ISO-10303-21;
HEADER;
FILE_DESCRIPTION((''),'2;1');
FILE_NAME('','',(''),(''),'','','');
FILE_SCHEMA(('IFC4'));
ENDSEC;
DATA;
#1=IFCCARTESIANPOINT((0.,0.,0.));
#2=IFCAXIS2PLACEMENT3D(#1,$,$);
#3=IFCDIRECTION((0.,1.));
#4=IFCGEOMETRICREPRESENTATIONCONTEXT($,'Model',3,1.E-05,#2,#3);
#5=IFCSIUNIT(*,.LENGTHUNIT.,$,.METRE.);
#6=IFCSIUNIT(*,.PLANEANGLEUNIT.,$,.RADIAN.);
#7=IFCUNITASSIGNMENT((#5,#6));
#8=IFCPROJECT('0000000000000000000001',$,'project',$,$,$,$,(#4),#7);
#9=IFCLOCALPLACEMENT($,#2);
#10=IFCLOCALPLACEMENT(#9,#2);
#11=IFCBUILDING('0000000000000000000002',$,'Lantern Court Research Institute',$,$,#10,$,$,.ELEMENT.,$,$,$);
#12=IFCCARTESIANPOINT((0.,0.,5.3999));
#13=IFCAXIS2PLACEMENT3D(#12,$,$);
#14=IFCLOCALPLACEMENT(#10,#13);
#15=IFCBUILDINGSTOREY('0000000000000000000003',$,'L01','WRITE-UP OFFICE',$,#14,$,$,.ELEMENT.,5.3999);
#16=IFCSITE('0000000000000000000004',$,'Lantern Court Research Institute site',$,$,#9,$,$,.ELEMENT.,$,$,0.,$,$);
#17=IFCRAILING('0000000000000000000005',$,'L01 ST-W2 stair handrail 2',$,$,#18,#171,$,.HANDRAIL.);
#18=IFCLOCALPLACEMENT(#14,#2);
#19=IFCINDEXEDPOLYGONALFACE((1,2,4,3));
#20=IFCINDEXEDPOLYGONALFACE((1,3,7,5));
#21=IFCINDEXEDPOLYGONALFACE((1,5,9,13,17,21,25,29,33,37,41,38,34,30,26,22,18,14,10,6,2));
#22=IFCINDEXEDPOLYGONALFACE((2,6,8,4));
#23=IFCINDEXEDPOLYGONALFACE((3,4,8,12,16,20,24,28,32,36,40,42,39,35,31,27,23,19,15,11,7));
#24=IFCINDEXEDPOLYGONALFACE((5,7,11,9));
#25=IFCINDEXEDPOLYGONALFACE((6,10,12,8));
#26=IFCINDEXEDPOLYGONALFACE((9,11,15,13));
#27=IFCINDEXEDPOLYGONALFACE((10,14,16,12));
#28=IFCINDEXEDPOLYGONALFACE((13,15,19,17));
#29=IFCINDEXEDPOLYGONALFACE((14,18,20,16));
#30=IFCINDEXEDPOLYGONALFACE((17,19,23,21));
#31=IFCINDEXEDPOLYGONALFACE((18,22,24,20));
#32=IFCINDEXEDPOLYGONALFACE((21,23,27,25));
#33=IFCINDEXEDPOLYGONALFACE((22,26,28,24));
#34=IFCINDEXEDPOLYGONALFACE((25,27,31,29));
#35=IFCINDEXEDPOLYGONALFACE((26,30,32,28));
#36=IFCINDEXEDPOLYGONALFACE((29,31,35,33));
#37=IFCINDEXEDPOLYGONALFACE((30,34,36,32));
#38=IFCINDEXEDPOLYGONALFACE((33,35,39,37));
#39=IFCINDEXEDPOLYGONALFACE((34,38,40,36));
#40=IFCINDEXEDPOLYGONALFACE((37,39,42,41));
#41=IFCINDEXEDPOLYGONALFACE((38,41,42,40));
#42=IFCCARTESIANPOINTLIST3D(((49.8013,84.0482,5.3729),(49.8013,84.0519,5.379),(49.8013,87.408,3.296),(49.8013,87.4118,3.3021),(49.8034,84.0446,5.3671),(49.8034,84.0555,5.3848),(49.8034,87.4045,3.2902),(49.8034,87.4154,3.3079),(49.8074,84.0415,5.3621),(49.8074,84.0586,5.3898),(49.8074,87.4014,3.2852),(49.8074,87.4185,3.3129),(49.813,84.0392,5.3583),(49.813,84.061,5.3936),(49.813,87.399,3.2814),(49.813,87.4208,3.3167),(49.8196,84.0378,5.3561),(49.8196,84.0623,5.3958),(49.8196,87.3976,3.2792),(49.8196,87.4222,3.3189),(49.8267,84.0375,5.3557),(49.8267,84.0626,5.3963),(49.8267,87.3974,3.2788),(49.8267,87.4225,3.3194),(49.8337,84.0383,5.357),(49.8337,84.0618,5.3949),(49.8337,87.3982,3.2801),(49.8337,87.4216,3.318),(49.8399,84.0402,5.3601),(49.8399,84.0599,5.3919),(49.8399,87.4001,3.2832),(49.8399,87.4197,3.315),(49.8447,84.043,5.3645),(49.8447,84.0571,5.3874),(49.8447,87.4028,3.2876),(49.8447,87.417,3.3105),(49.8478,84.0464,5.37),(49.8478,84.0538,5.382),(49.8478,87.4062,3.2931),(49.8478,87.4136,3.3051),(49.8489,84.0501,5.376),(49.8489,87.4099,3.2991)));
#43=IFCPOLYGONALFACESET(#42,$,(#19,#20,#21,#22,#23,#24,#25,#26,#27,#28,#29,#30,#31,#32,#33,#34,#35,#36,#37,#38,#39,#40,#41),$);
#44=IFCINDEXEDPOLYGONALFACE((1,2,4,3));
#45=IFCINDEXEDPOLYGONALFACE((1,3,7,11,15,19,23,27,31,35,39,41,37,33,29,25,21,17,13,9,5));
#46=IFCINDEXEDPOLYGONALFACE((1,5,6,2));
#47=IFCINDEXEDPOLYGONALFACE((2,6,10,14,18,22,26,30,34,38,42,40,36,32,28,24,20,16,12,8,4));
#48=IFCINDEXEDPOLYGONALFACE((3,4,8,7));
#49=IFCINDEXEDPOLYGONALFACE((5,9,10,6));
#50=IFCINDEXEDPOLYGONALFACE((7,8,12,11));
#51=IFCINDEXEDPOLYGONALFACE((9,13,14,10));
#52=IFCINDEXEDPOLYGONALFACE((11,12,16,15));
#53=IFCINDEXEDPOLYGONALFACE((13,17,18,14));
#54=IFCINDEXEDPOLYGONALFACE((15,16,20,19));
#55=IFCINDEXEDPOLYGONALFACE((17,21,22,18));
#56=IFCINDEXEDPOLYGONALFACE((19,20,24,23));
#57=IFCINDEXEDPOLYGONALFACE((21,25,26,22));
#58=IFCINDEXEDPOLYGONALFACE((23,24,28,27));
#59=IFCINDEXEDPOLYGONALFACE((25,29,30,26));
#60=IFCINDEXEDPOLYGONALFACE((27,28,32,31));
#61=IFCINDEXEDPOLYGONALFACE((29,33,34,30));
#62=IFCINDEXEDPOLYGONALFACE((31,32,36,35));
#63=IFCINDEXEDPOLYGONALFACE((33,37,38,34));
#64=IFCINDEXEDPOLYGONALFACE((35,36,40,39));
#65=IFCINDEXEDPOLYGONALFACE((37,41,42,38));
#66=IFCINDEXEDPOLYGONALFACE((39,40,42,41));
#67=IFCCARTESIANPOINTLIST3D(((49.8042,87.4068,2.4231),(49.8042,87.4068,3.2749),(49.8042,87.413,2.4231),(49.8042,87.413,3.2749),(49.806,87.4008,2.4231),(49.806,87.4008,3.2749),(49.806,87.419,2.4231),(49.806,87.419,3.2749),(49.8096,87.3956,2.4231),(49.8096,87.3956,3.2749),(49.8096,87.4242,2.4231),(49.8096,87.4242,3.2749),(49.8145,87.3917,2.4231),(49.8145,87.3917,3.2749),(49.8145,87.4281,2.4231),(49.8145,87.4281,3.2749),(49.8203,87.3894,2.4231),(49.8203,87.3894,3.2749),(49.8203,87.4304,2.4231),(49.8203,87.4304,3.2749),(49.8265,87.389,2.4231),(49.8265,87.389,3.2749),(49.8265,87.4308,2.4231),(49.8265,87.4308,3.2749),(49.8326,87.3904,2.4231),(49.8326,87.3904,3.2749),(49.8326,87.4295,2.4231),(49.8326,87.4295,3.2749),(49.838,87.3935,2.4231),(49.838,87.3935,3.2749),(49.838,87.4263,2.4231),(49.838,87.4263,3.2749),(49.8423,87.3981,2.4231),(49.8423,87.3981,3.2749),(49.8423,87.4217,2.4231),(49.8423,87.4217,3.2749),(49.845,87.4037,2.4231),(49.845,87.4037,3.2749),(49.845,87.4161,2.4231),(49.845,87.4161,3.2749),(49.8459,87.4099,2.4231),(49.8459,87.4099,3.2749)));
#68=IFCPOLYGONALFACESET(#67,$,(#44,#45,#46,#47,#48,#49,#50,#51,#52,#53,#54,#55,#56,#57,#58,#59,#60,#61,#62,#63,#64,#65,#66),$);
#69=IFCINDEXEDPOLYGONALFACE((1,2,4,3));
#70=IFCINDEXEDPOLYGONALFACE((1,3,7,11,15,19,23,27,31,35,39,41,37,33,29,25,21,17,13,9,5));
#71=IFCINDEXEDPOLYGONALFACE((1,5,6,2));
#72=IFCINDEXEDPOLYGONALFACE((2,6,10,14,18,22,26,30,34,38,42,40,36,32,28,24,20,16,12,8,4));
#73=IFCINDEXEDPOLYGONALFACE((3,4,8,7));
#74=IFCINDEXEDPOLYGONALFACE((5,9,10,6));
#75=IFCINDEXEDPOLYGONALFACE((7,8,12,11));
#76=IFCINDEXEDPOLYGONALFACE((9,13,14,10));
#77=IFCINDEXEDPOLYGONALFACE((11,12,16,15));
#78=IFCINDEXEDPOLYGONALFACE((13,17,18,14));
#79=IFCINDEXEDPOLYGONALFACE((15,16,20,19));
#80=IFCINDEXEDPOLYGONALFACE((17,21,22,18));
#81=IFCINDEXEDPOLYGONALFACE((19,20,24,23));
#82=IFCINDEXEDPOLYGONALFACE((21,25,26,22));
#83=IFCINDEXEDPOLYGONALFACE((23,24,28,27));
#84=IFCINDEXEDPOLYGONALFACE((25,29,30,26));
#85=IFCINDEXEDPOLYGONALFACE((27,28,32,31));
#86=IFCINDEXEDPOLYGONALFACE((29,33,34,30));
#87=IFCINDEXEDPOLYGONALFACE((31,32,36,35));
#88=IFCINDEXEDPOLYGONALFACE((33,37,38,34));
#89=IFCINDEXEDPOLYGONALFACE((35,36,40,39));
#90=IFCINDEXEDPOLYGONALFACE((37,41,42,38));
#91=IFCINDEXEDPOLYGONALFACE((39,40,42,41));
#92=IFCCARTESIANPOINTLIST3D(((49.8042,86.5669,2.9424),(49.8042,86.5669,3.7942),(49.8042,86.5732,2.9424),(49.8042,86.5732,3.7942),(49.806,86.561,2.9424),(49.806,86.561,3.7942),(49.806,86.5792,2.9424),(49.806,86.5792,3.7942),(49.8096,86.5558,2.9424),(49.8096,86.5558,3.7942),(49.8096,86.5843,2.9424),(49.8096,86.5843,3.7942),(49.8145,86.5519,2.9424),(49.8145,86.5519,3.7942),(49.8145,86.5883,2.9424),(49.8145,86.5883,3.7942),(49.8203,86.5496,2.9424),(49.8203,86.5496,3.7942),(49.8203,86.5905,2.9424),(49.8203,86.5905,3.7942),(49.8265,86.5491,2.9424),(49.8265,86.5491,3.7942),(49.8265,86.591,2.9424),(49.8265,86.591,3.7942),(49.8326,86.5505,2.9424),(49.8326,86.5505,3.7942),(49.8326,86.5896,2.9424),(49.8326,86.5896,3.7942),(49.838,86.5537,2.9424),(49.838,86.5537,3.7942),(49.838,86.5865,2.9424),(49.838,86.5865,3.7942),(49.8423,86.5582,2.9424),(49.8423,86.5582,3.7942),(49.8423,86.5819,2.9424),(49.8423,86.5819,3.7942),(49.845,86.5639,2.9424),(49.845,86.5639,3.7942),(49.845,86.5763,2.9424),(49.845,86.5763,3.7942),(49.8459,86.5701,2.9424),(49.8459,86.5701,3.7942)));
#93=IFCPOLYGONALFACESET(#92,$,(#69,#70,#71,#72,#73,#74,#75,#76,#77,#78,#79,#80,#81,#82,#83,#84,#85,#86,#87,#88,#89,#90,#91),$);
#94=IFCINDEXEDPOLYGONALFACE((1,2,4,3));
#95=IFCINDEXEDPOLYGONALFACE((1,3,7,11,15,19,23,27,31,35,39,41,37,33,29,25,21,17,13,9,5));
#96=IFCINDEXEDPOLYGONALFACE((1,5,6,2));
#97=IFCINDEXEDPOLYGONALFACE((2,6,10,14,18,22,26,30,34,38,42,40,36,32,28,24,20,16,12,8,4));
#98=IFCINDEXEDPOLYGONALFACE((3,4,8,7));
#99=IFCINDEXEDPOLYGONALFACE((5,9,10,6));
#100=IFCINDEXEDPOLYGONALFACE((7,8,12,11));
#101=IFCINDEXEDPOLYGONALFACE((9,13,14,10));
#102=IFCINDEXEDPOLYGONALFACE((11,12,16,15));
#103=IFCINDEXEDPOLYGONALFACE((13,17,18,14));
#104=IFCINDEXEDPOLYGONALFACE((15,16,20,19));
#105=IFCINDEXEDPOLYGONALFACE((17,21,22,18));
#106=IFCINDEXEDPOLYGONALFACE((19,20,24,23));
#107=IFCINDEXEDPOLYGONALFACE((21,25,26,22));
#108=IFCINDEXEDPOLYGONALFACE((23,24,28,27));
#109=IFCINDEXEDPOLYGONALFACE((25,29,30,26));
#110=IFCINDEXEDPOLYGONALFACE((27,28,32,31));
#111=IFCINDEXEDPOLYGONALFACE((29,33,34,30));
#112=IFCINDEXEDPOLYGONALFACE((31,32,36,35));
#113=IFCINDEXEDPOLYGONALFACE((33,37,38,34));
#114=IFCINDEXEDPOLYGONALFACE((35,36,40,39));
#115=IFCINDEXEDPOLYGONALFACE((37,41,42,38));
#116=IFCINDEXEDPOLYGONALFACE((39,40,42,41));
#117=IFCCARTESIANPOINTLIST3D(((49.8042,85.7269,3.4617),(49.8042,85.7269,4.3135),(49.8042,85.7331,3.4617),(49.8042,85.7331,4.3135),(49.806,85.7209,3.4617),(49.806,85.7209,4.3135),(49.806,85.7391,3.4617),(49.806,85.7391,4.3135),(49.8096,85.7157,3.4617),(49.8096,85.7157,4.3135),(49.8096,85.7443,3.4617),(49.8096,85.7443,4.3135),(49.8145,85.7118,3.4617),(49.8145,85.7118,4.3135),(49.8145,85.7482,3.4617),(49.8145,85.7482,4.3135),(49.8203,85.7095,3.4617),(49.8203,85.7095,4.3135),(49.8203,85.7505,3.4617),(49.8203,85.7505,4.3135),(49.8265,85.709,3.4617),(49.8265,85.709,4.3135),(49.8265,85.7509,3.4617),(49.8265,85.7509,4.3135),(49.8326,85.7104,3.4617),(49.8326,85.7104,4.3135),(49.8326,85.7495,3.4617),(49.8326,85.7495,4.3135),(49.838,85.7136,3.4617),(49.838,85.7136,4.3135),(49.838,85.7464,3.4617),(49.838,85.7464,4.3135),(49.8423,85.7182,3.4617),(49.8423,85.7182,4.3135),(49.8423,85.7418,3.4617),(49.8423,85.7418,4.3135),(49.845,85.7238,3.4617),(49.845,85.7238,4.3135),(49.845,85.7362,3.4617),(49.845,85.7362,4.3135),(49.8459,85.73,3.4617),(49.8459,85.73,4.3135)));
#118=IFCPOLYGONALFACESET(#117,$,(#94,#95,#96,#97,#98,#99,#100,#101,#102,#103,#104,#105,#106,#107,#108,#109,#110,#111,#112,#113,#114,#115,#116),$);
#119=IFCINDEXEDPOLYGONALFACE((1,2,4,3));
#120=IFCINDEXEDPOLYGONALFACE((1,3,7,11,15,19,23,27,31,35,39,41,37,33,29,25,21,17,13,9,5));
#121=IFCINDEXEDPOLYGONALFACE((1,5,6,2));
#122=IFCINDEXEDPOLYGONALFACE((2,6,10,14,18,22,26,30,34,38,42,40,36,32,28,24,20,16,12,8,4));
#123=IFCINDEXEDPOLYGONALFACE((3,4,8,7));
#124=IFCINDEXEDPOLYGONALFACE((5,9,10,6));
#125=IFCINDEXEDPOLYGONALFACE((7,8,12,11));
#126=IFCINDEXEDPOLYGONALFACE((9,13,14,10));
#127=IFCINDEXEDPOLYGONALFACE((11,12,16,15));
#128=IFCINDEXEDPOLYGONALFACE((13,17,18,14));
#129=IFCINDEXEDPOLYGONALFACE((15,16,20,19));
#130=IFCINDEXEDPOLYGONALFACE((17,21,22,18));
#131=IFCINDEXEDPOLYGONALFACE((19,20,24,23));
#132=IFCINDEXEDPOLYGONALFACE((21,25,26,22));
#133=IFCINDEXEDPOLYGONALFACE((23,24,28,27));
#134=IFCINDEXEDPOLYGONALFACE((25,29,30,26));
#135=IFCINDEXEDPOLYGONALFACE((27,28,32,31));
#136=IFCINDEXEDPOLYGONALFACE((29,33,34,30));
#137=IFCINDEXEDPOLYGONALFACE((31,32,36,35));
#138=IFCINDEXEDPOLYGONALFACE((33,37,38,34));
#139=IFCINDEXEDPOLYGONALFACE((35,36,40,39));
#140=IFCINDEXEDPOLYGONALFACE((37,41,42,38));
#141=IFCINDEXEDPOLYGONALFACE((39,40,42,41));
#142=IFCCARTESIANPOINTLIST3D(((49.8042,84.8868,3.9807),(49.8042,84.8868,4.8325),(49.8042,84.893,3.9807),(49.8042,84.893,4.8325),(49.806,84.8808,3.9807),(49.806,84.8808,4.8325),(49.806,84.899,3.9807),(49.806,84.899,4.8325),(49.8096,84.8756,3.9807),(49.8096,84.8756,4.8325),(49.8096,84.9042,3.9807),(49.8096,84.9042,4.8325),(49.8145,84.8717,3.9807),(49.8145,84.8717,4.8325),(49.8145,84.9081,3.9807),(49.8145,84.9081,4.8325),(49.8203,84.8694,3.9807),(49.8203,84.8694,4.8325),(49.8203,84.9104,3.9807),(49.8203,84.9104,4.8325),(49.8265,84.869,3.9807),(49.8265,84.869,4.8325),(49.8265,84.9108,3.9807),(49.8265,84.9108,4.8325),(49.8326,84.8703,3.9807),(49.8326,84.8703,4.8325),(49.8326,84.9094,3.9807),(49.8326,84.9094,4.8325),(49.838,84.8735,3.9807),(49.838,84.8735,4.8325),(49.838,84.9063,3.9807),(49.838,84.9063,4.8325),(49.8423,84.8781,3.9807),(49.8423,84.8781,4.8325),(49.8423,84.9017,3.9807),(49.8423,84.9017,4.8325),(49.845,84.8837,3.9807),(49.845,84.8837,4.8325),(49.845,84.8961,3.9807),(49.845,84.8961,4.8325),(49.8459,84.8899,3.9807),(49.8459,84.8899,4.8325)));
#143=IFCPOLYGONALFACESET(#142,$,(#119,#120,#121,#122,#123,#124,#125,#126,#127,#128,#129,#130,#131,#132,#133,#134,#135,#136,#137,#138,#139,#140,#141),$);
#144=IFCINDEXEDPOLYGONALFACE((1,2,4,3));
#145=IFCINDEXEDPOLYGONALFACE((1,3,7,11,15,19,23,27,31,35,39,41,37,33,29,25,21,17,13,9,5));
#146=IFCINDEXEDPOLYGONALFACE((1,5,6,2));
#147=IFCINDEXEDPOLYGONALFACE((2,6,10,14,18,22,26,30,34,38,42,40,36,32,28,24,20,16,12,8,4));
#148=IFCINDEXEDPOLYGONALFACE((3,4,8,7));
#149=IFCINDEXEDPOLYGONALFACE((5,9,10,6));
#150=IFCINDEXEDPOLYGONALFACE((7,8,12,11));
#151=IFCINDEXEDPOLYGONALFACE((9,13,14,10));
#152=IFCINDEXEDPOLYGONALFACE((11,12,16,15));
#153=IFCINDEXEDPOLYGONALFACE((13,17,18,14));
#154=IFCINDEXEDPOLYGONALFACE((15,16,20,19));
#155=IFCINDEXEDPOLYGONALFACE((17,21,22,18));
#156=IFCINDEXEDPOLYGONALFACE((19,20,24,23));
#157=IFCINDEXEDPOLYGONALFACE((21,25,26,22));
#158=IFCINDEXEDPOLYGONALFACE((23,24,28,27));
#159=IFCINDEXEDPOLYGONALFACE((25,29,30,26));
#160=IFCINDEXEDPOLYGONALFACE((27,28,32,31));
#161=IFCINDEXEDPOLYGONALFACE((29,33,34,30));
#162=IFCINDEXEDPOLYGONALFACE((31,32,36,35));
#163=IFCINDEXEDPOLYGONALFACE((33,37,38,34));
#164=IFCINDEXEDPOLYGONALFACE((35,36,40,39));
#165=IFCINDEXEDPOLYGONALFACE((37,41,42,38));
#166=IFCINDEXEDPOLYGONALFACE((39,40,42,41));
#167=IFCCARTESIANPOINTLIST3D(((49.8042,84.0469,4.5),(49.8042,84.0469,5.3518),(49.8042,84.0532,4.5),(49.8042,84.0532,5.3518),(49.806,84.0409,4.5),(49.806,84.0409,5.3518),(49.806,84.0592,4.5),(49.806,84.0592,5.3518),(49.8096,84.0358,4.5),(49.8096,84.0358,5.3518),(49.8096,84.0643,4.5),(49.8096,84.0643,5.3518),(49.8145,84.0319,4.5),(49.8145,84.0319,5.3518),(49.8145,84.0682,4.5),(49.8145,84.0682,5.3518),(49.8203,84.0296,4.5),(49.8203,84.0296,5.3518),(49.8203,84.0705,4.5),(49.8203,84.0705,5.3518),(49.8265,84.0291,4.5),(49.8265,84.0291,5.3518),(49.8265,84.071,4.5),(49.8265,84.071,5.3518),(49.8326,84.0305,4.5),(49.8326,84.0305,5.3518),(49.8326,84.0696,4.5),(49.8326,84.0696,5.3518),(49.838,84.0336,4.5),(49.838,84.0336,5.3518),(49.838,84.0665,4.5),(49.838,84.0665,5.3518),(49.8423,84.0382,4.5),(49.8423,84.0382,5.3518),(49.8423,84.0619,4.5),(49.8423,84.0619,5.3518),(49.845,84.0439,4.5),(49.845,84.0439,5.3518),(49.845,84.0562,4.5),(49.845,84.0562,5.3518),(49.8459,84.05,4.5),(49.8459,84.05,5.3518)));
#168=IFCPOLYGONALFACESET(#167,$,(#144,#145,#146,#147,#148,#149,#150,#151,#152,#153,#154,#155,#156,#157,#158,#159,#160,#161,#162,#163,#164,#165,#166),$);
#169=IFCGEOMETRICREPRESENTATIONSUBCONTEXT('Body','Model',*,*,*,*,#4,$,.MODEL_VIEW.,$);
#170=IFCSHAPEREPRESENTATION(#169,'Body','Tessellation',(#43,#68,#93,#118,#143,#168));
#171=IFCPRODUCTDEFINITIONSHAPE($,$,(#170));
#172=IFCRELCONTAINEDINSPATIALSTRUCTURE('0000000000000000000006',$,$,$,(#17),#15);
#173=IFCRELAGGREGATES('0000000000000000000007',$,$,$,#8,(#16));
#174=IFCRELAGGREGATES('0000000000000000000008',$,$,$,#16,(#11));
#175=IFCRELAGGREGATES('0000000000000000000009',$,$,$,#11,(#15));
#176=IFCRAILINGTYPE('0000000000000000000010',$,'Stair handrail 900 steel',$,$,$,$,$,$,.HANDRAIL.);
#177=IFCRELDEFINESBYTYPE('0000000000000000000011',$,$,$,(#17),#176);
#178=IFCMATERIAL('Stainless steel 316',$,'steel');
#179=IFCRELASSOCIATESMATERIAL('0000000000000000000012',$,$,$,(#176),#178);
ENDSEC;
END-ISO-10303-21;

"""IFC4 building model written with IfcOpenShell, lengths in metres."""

from ifc_helpers import new_model, si_unit, direction, frame, origin, origin_2d, place, context, subcontext, project, spatial, circle, extrude, material, type_object, element, save


model = new_model("IFC4")

# Units and contexts
model_context = context("Model", 3, precision=1e-05, world=origin(), true_north=direction((0.0, 1.0)))
body_context = subcontext(model_context, "Body", "Model", "MODEL_VIEW")
ifc_project = project(units=[si_unit("LENGTHUNIT", "METRE"), si_unit("PLANEANGLEUNIT", "RADIAN")], contexts=[model_context])

# Site, building, storey
site_placement = place(None, origin())
site = spatial("IfcSite", under=ifc_project, at=site_placement, Name="Lantern Court Research Institute site", CompositionType="ELEMENT", RefElevation=0.0)
building_placement = place(site_placement, origin())
building = spatial("IfcBuilding", under=site, at=building_placement, Name="Lantern Court Research Institute", CompositionType="ELEMENT")
storey_placement = place(building_placement, frame((0.0, 0.0, 5.3999)))
storey = spatial("IfcBuildingStorey", under=building, at=storey_placement, Name="L01", Description="WRITE-UP OFFICE", CompositionType="ELEMENT", Elevation=5.3999)

# Railing
ifc_material_1 = material(Name="Stainless steel 316", Category="steel")
railing_type_1 = type_object("IfcRailingType", Name="Stair handrail 900 steel", PredefinedType="HANDRAIL", material=ifc_material_1)
railing_1_placement = place(storey_placement, frame((49.825, 87.4099, 2.4231)))
element("IfcRailing", 1, at=railing_1_placement, inside=storey, type_object=railing_type_1, Name="L01 ST-W2 stair handrail 2", PredefinedType="HANDRAIL", context=body_context, shape_type="SweptSolid", body=[
    extrude(circle(Radius=0.0239, at=origin_2d()), frame((0.0, 0.0, 0.876), z_axis=(0.0, -0.850606, 0.525803), x_axis=(1.0, 0.0, 0.0)), (0.0, 0.0, 1.0), 3.95),
    extrude(circle(Radius=0.021, at=origin_2d()), origin(), (0.0, 0.0, 1.0), 0.8518),
    extrude(circle(Radius=0.021, at=origin_2d()), frame((0.0, -0.8398, 0.5193)), (0.0, 0.0, 1.0), 0.8518),
    extrude(circle(Radius=0.021, at=origin_2d()), frame((0.0, -1.6799, 1.0386)), (0.0, 0.0, 1.0), 0.8518),
    extrude(circle(Radius=0.021, at=origin_2d()), frame((0.0, -2.52, 1.5576)), (0.0, 0.0, 1.0), 0.8518),
    extrude(circle(Radius=0.021, at=origin_2d()), frame((0.0, -3.3599, 2.0769)), (0.0, 0.0, 1.0), 0.8518),
])

save(model, "model.ifc")
